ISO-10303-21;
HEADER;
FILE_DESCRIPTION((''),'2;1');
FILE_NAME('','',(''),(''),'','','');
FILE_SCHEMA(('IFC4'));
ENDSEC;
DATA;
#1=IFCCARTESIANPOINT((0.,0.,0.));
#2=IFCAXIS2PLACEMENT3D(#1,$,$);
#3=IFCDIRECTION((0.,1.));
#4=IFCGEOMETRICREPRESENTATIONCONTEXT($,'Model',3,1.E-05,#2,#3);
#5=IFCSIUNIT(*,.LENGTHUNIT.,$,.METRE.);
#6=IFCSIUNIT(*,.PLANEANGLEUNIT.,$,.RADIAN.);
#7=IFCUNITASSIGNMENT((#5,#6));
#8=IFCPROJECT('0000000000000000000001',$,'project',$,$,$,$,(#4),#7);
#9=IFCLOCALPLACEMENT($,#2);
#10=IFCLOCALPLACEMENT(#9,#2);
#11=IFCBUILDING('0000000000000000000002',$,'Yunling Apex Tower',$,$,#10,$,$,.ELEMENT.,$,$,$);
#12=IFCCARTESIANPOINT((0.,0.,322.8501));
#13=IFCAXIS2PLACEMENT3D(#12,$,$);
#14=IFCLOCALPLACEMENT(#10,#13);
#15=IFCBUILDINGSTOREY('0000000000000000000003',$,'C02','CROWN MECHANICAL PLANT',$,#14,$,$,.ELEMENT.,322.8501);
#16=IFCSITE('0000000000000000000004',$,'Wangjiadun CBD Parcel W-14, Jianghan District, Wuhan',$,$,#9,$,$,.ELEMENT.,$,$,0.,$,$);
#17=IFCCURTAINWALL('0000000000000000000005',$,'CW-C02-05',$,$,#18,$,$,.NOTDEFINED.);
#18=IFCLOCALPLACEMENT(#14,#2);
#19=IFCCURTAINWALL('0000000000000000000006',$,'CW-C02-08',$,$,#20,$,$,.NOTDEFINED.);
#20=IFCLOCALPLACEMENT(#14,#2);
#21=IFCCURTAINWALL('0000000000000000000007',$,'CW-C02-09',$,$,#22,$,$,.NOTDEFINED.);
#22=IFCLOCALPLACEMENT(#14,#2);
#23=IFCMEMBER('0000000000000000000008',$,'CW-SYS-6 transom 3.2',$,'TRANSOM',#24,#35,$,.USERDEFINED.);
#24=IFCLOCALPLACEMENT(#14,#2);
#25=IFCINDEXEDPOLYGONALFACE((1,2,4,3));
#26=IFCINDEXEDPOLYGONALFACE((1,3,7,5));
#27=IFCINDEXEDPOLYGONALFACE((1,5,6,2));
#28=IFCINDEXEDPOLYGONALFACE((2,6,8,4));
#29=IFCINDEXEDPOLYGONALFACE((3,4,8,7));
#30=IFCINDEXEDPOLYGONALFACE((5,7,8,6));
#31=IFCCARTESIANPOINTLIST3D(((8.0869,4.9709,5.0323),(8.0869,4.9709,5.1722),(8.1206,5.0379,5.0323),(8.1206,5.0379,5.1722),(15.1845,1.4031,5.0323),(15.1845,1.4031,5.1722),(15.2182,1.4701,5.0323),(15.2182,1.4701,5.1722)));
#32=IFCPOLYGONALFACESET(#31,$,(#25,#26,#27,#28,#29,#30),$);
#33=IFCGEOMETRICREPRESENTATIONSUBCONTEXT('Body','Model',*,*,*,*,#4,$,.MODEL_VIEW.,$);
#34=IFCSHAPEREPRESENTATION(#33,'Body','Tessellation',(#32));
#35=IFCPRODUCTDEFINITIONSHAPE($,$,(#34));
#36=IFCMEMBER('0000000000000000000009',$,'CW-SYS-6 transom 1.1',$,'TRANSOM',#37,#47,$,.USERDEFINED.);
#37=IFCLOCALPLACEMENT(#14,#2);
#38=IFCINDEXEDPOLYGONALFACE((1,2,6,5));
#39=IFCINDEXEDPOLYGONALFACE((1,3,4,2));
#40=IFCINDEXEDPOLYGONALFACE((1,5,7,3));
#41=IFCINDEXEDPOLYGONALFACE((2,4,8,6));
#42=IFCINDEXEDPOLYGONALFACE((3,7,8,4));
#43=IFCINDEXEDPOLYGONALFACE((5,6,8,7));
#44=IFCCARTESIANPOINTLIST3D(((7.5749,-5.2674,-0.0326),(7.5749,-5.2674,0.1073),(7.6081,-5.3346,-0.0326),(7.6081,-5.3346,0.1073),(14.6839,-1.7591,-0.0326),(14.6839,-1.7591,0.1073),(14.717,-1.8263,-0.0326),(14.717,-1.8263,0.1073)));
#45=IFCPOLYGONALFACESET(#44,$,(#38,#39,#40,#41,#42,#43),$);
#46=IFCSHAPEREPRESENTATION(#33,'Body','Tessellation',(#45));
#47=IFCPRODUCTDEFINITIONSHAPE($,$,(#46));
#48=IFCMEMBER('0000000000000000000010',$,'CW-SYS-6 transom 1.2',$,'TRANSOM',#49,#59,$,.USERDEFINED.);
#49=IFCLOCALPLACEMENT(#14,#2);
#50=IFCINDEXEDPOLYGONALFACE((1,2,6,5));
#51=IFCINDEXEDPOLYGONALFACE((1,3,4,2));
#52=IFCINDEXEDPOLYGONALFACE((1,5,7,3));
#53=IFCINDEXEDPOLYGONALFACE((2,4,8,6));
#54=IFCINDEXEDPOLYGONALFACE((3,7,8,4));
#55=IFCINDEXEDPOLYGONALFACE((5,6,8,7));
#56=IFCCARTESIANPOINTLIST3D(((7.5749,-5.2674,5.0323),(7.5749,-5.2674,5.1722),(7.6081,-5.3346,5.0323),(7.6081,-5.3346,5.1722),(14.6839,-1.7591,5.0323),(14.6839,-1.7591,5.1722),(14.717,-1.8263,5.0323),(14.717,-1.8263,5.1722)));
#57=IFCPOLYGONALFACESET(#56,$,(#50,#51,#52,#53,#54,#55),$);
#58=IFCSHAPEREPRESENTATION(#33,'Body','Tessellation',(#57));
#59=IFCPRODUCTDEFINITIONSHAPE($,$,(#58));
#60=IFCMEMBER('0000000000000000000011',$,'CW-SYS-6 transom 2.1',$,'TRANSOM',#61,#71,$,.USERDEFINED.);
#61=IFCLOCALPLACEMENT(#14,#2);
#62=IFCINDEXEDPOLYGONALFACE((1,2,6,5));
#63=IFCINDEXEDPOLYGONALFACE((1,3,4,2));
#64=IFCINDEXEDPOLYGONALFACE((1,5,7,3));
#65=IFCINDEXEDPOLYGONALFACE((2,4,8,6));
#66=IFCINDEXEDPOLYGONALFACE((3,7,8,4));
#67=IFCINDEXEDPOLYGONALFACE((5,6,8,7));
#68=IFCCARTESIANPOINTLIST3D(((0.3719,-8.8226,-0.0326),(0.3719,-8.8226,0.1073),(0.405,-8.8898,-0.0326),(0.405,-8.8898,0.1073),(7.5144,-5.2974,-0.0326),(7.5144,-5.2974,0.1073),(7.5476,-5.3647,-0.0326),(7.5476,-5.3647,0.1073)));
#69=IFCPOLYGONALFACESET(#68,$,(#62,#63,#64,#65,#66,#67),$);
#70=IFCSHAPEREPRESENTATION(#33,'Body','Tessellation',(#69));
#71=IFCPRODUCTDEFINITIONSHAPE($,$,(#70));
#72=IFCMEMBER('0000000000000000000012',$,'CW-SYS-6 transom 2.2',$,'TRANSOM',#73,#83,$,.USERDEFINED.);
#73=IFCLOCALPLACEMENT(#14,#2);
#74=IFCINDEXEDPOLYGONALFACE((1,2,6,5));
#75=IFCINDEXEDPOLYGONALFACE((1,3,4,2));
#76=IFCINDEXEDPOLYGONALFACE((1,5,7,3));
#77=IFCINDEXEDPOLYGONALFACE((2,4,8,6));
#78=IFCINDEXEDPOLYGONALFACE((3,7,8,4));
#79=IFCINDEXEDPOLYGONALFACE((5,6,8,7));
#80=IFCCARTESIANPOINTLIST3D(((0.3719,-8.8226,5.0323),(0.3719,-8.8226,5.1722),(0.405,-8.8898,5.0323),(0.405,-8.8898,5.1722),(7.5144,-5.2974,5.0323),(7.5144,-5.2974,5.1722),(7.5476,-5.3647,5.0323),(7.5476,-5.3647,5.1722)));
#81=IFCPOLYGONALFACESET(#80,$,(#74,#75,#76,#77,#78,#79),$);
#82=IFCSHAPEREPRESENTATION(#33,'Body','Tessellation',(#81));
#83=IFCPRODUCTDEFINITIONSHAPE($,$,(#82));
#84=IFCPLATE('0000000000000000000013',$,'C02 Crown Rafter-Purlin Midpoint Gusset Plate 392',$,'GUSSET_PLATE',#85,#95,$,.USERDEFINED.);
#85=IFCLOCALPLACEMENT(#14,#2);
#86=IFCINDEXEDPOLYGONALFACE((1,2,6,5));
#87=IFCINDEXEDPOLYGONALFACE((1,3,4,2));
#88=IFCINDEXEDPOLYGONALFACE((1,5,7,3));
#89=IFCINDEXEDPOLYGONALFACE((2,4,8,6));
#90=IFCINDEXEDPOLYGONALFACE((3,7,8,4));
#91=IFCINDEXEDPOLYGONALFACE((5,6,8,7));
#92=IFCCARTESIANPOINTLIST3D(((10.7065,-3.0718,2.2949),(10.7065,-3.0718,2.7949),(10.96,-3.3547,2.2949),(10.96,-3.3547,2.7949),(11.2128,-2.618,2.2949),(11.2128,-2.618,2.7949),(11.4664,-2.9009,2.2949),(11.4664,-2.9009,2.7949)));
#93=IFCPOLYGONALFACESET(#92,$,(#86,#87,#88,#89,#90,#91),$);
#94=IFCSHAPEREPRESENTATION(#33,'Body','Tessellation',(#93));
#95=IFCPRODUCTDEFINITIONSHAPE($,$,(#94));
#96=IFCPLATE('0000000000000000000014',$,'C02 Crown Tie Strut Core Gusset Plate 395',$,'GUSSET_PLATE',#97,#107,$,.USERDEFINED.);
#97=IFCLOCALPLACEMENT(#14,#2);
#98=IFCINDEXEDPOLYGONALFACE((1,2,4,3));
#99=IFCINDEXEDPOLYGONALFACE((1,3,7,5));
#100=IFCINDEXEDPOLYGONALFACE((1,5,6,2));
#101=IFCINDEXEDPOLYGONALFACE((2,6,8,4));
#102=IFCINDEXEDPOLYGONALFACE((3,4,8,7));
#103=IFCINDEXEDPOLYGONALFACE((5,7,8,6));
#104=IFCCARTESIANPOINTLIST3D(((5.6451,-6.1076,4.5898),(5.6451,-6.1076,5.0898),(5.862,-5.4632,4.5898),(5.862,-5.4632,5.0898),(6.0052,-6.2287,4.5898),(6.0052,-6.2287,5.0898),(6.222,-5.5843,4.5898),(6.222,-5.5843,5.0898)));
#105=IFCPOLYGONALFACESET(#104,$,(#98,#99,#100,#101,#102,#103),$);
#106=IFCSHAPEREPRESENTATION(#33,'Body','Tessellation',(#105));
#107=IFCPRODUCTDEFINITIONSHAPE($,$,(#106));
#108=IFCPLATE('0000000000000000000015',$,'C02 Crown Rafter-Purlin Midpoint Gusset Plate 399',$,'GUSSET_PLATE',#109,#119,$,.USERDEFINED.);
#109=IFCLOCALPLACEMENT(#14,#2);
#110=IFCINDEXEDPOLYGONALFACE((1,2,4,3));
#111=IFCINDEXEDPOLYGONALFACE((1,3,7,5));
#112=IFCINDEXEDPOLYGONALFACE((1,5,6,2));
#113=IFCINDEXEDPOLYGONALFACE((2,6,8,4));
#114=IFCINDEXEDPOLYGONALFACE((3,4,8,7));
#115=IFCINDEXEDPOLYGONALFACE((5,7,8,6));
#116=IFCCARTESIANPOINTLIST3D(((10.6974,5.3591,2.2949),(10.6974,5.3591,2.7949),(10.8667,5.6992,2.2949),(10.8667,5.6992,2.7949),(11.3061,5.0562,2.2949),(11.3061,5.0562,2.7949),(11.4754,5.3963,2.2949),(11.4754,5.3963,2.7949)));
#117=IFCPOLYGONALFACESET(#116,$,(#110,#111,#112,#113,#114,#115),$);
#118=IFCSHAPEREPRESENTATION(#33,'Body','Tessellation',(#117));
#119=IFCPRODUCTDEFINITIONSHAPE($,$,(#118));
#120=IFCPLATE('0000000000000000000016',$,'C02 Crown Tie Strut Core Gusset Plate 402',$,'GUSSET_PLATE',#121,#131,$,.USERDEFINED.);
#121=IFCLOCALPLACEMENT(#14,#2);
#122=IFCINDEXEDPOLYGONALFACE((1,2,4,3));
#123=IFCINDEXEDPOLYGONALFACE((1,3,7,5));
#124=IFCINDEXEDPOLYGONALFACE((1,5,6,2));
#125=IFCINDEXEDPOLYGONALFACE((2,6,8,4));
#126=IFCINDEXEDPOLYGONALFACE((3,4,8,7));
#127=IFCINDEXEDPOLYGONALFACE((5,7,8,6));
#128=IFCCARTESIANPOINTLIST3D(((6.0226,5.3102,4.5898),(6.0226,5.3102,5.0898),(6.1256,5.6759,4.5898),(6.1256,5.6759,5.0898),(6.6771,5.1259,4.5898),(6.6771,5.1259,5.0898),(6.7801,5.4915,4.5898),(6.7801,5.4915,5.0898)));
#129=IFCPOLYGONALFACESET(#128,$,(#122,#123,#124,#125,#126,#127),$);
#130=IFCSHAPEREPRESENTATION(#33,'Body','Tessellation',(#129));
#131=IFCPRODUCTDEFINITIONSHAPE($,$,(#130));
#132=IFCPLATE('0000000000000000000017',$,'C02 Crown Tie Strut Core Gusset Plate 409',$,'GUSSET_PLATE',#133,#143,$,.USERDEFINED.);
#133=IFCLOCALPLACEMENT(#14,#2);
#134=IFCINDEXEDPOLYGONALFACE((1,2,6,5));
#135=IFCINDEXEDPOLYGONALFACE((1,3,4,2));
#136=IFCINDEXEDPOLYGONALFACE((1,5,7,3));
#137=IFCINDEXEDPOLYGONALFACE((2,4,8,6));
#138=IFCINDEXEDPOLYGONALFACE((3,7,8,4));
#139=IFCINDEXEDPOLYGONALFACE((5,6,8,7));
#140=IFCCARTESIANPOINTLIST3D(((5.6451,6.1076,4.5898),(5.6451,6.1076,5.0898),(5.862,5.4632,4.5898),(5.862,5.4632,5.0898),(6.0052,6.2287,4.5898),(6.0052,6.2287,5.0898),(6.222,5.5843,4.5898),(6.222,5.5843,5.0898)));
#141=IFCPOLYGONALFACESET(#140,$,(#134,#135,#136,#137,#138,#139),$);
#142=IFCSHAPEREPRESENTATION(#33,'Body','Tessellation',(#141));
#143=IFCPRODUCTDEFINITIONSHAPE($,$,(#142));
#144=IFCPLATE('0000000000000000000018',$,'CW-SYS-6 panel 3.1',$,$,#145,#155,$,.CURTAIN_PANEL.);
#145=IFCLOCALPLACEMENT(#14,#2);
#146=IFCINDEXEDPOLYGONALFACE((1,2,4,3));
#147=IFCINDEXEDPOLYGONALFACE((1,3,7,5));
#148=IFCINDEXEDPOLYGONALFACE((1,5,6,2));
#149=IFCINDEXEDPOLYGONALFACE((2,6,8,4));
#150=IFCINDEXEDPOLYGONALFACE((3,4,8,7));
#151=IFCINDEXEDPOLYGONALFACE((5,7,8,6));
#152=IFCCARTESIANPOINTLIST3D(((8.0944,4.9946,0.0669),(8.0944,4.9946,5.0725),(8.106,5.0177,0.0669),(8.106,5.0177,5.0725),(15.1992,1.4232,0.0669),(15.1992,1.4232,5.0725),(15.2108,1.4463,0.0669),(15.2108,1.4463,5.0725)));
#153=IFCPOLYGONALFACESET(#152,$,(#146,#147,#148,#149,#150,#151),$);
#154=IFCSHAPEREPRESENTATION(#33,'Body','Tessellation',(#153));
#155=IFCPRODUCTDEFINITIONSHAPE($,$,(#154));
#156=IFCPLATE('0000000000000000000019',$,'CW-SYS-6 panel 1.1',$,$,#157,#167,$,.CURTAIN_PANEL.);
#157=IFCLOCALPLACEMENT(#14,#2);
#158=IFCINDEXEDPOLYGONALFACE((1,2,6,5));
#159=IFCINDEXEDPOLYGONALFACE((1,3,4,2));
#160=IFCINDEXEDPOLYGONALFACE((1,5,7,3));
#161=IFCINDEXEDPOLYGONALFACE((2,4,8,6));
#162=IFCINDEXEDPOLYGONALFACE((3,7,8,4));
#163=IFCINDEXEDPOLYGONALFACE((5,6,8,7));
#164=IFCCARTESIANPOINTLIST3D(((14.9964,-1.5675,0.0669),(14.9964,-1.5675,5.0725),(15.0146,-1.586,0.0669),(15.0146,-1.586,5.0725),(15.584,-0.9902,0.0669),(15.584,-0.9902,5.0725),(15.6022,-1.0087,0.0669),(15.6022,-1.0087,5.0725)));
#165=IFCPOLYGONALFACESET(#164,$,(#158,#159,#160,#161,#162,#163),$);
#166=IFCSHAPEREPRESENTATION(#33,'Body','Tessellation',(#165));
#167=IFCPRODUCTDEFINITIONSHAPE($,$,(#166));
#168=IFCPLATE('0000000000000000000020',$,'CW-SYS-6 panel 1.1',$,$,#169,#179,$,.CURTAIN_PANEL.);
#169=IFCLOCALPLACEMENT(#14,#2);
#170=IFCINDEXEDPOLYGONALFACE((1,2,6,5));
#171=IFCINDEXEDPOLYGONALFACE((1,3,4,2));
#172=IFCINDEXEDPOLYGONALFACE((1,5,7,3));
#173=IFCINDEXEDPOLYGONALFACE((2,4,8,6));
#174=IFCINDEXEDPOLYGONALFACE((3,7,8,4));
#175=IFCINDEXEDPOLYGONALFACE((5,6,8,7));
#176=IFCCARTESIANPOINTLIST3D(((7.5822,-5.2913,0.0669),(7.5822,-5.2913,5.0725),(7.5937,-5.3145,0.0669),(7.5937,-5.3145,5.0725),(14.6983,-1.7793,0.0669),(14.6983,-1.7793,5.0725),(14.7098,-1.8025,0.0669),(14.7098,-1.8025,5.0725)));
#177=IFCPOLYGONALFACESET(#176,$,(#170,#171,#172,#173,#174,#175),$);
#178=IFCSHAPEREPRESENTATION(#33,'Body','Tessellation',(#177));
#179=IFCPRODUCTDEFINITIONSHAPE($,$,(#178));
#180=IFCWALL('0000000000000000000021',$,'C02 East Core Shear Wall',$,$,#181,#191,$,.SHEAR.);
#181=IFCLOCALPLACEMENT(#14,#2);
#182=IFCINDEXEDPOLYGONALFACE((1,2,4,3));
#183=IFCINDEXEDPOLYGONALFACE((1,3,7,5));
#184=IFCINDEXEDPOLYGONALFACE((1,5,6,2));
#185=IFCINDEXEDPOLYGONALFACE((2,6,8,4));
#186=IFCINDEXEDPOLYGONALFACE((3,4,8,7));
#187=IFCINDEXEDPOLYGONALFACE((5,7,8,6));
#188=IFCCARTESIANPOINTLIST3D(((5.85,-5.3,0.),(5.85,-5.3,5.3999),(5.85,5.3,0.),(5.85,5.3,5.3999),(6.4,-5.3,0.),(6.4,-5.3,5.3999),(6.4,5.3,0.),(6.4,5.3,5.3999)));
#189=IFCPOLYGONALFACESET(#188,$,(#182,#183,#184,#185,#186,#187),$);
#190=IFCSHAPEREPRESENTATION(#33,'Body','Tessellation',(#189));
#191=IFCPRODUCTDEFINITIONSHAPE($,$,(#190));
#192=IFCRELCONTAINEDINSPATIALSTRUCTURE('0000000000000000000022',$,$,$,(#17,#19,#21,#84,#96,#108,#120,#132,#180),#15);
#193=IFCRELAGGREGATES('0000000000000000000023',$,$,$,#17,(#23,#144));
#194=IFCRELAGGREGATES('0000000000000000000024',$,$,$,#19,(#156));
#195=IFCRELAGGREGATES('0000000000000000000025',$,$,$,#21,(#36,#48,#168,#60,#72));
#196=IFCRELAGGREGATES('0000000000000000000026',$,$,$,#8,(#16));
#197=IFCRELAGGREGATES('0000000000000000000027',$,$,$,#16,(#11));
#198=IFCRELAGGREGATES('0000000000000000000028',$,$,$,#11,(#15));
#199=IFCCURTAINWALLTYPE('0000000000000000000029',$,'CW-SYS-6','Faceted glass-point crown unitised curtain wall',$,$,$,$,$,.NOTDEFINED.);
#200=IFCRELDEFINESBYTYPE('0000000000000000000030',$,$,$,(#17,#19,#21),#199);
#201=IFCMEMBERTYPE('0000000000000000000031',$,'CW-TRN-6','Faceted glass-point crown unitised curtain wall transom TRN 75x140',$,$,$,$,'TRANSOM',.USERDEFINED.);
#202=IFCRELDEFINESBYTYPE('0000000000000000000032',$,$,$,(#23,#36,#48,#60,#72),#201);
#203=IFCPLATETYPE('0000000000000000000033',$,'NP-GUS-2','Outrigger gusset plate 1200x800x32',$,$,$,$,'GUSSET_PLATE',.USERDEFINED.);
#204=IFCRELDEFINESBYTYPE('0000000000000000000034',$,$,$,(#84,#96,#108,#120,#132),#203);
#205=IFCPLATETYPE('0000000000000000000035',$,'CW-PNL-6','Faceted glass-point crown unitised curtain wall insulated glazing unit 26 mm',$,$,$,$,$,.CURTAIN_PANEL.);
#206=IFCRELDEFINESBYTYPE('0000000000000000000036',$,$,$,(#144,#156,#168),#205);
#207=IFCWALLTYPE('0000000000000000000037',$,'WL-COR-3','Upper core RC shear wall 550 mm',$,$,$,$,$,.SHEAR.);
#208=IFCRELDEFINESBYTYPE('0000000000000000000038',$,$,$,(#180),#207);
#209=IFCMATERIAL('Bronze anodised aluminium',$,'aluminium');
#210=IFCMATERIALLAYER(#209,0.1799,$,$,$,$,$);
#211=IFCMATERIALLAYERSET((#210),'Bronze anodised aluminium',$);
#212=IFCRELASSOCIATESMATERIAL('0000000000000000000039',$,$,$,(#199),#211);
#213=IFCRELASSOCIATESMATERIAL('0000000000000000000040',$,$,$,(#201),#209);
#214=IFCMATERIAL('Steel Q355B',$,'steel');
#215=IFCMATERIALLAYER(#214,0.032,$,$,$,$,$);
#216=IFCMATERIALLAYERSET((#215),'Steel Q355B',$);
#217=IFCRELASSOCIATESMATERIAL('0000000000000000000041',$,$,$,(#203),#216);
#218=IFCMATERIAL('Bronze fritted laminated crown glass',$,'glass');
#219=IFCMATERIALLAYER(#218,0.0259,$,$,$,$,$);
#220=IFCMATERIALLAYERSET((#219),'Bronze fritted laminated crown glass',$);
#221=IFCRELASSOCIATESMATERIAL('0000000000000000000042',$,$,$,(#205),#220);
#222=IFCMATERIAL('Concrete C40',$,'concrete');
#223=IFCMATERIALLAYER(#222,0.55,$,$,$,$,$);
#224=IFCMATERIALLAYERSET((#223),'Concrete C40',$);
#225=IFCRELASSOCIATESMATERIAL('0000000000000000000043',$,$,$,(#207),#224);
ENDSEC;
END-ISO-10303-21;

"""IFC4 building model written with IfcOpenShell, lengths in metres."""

from ifc_helpers import new_model, si_unit, direction, frame, frame_2d, origin, origin_2d, place, context, subcontext, project, spatial, rectangle, extrude, source, transform, mapped, material, layer, layer_set, material_profile, profile_set, type_object, element, aggregate, save


model = new_model("IFC4")

# Units and contexts
model_context = context("Model", 3, precision=1e-05, world=origin(), true_north=direction((0.0, 1.0)))
body_context = subcontext(model_context, "Body", "Model", "MODEL_VIEW")
ifc_project = project(units=[si_unit("LENGTHUNIT", "METRE"), si_unit("PLANEANGLEUNIT", "RADIAN")], contexts=[model_context])

# Site, building, storey
site_placement = place(None, origin())
site = spatial("IfcSite", under=ifc_project, at=site_placement, Name="Wangjiadun CBD Parcel W-14, Jianghan District, Wuhan", CompositionType="ELEMENT", RefElevation=0.0)
building_placement = place(site_placement, origin())
building = spatial("IfcBuilding", under=site, at=building_placement, Name="Yunling Apex Tower", CompositionType="ELEMENT")
storey_placement = place(building_placement, frame((0.0, 0.0, 322.8501)))
storey = spatial("IfcBuildingStorey", under=building, at=storey_placement, Name="C02", Description="CROWN MECHANICAL PLANT", CompositionType="ELEMENT", Elevation=322.8501)

# Shared definitions
ifc_material_1 = material(Name="Steel Q355B", Category="steel")

# Curtain wall
ifc_material_2 = material(Name="Bronze anodised aluminium", Category="aluminium")
ifc_layer_1 = layer(ifc_material_2, 0.1799)
ifc_layer_set_1 = layer_set([ifc_layer_1], Name="Bronze anodised aluminium")
curtain_wall_type = type_object("IfcCurtainWallType", Name="CW-SYS-6", Description="Faceted glass-point crown unitised curtain wall", PredefinedType="NOTDEFINED", material=ifc_layer_set_1)
curtain_wall_1_placement = place(storey_placement, origin())
curtain_wall_1 = element("IfcCurtainWall", 1, at=curtain_wall_1_placement, inside=storey, type_object=curtain_wall_type, Name="CW-C02-05", PredefinedType="NOTDEFINED")

# Curtain wall
curtain_wall_2_placement = place(storey_placement, origin())
curtain_wall_2 = element("IfcCurtainWall", 2, at=curtain_wall_2_placement, inside=storey, type_object=curtain_wall_type, Name="CW-C02-08", PredefinedType="NOTDEFINED")

# Curtain wall
curtain_wall_3_placement = place(storey_placement, origin())
curtain_wall_3 = element("IfcCurtainWall", 3, at=curtain_wall_3_placement, inside=storey, type_object=curtain_wall_type, Name="CW-C02-09", PredefinedType="NOTDEFINED")

# Members
ifc_material_profile_1 = material_profile(ifc_material_2, rectangle(XDim=0.075, YDim=0.1399, at=origin_2d()))
ifc_profile_set_1 = profile_set([ifc_material_profile_1], Name="Bronze anodised aluminium")
member_type_1 = type_object("IfcMemberType", Name="CW-TRN-6", Description="Faceted glass-point crown unitised curtain wall transom TRN 75x140", ElementType="TRANSOM", PredefinedType="USERDEFINED", material=ifc_profile_set_1)
shared_shape_1 = source(origin(), body_context, "Body", "SweptSolid", [
    extrude(rectangle(XDim=0.075, YDim=0.1399, at=origin_2d()), origin(), (0.0, 0.0, 1.0), 7.9438),
])
member_1_placement = place(storey_placement, frame((8.1038, 5.0044, 5.1023), z_axis=(0.893466, -0.44913, 0.0), x_axis=(0.44913, 0.893466, 0.0)))
member_1 = element("IfcMember", 4, at=member_1_placement, type_object=member_type_1, Name="CW-SYS-6 transom 3.2", ObjectType="TRANSOM", PredefinedType="USERDEFINED", context=body_context, shape_type="MappedRepresentation", body=[
    mapped(shared_shape_1, transform((0.0, 0.0, 0.0), scale=1.0)),
])
shared_shape_2 = source(origin(), body_context, "Body", "SweptSolid", [
    extrude(rectangle(XDim=0.075, YDim=0.1399, at=origin_2d()), origin(), (0.0, 0.0, 1.0), 7.9275),
])
member_2_placement = place(storey_placement, frame((14.7004, -1.7927, 0.0374), z_axis=(-0.896743, -0.442551, 0.0), x_axis=(0.442551, -0.896743, 0.0)))
member_2 = element("IfcMember", 5, at=member_2_placement, type_object=member_type_1, Name="CW-SYS-6 transom 1.1", ObjectType="TRANSOM", PredefinedType="USERDEFINED", context=body_context, shape_type="MappedRepresentation", body=[
    mapped(shared_shape_2, transform((0.0, 0.0, 0.0), scale=1.0)),
])
member_3_placement = place(storey_placement, frame((14.7004, -1.7927, 5.1023), z_axis=(-0.896743, -0.442551, 0.0), x_axis=(0.442551, -0.896743, 0.0)))
member_3 = element("IfcMember", 6, at=member_3_placement, type_object=member_type_1, Name="CW-SYS-6 transom 1.2", ObjectType="TRANSOM", PredefinedType="USERDEFINED", context=body_context, shape_type="MappedRepresentation", body=[
    mapped(shared_shape_2, transform((0.0, 0.0, 0.0), scale=1.0)),
])
shared_shape_3 = source(origin(), body_context, "Body", "SweptSolid", [
    extrude(rectangle(XDim=0.075, YDim=0.1399, at=origin_2d()), origin(), (0.0, 0.0, 1.0), 7.9651),
])
member_4_placement = place(storey_placement, frame((7.531, -5.3311, 0.0374), z_axis=(-0.896732, -0.442573, 0.0), x_axis=(0.442573, -0.896732, 0.0)))
member_4 = element("IfcMember", 7, at=member_4_placement, type_object=member_type_1, Name="CW-SYS-6 transom 2.1", ObjectType="TRANSOM", PredefinedType="USERDEFINED", context=body_context, shape_type="MappedRepresentation", body=[
    mapped(shared_shape_3, transform((0.0, 0.0, 0.0), scale=1.0)),
])
member_5_placement = place(storey_placement, frame((7.531, -5.3311, 5.1023), z_axis=(-0.896732, -0.442573, 0.0), x_axis=(0.442573, -0.896732, 0.0)))
member_5 = element("IfcMember", 8, at=member_5_placement, type_object=member_type_1, Name="CW-SYS-6 transom 2.2", ObjectType="TRANSOM", PredefinedType="USERDEFINED", context=body_context, shape_type="MappedRepresentation", body=[
    mapped(shared_shape_3, transform((0.0, 0.0, 0.0), scale=1.0)),
])

# Plates
ifc_layer_2 = layer(ifc_material_1, 0.032)
ifc_layer_set_2 = layer_set([ifc_layer_2], Name="Steel Q355B")
plate_type_1 = type_object("IfcPlateType", Name="NP-GUS-2", Description="Outrigger gusset plate 1200x800x32", ElementType="GUSSET_PLATE", PredefinedType="USERDEFINED", material=ifc_layer_set_2)
shared_shape_4 = source(origin(), body_context, "Body", "SweptSolid", [
    extrude(rectangle(XDim=0.6799, YDim=0.3799, at=origin_2d()), origin(), (0.0, 0.0, 1.0), 0.5),
])
for number, where, z_axis, x_axis, name in (
    (9, (11.0864, -2.9863, 2.2949), (0.0, 0.0, 1.0), (0.744661, 0.667443, 0.0), "C02 Crown Rafter-Purlin Midpoint Gusset Plate 392"),
    (10, (5.9336, -5.8459, 4.5898), (0.0, 0.0, 1.0), (-0.318959, -0.947768, 0.0), "C02 Crown Tie Strut Core Gusset Plate 395"),
    (11, (11.0864, 5.3777, 2.2949), (0.0, 0.0, 1.0), (-0.895246, 0.445573, 0.0), "C02 Crown Rafter-Purlin Midpoint Gusset Plate 399"),
    (12, (6.4014, 5.4009, 4.5898), (0.0, 0.0, 1.0), (0.96255, -0.271104, 0.0), "C02 Crown Tie Strut Core Gusset Plate 402"),
    (13, (5.9336, 5.8459, 4.5898), (0.0, 0.0, 1.0), (-0.318959, 0.947768, 0.0), "C02 Crown Tie Strut Core Gusset Plate 409"),
):
    element("IfcPlate", number, at=place(storey_placement, frame(where, z_axis=z_axis, x_axis=x_axis)), inside=storey, type_object=plate_type_1, Name=name, ObjectType="GUSSET_PLATE", PredefinedType="USERDEFINED", context=body_context, shape_type="MappedRepresentation", body=[
        mapped(shared_shape_4, transform((0.0, 0.0, 0.0), scale=1.0)),
    ])

# Plates
ifc_material_3 = material(Name="Bronze fritted laminated crown glass", Category="glass")
ifc_layer_3 = layer(ifc_material_3, 0.0259)
ifc_layer_set_3 = layer_set([ifc_layer_3], Name="Bronze fritted laminated crown glass")
plate_type_2 = type_object("IfcPlateType", Name="CW-PNL-6", Description="Faceted glass-point crown unitised curtain wall insulated glazing unit 26 mm", PredefinedType="CURTAIN_PANEL", material=ifc_layer_set_3)
shared_shape_5 = source(origin(), body_context, "Body", "SweptSolid", [
    extrude(rectangle(XDim=7.9519, YDim=0.0259, at=origin_2d()), origin(), (0.0, 0.0, 1.0), 5.0056),
])
plate_1_placement = place(storey_placement, frame((11.6526, 3.2205, 0.0669), z_axis=(0.0, 0.0, 1.0), x_axis=(0.893467, -0.449129, 0.0)))
plate_1 = element("IfcPlate", 14, at=plate_1_placement, type_object=plate_type_2, Name="CW-SYS-6 panel 3.1", PredefinedType="CURTAIN_PANEL", context=body_context, shape_type="MappedRepresentation", body=[
    mapped(shared_shape_5, transform((0.0, 0.0, 0.0), scale=1.0)),
])
aggregate(curtain_wall_1, [member_1, plate_1])
shared_shape_6 = source(origin(), body_context, "Body", "SweptSolid", [
    extrude(rectangle(XDim=0.8237, YDim=0.0259, at=origin_2d()), origin(), (0.0, 0.0, 1.0), 5.0056),
])
plate_2_placement = place(storey_placement, frame((15.2993, -1.2881, 0.0669), z_axis=(0.0, 0.0, 1.0), x_axis=(-0.71334, -0.700818, 0.0)))
plate_2 = element("IfcPlate", 15, at=plate_2_placement, type_object=plate_type_2, Name="CW-SYS-6 panel 1.1", PredefinedType="CURTAIN_PANEL", context=body_context, shape_type="MappedRepresentation", body=[
    mapped(shared_shape_6, transform((0.0, 0.0, 0.0), scale=1.0)),
])
aggregate(curtain_wall_2, [plate_2])
shared_shape_7 = source(origin(), body_context, "Body", "SweptSolid", [
    extrude(rectangle(XDim=7.9355, YDim=0.0259, at=origin_2d()), origin(), (0.0, 0.0, 1.0), 5.0056),
])
plate_3_placement = place(storey_placement, frame((11.146, -3.5469, 0.0669), z_axis=(0.0, 0.0, 1.0), x_axis=(-0.896736, -0.442566, 0.0)))
plate_3 = element("IfcPlate", 16, at=plate_3_placement, type_object=plate_type_2, Name="CW-SYS-6 panel 1.1", PredefinedType="CURTAIN_PANEL", context=body_context, shape_type="MappedRepresentation", body=[
    mapped(shared_shape_7, transform((0.0, 0.0, 0.0), scale=1.0)),
])
aggregate(curtain_wall_3, [member_2, member_3, plate_3, member_4, member_5])

# Wall
ifc_material_4 = material(Name="Concrete C40", Category="concrete")
ifc_layer_4 = layer(ifc_material_4, 0.55)
ifc_layer_set_4 = layer_set([ifc_layer_4], Name="Concrete C40")
wall_type = type_object("IfcWallType", Name="WL-COR-3", Description="Upper core RC shear wall 550 mm", PredefinedType="SHEAR", material=ifc_layer_set_4)
wall_placement = place(storey_placement, frame((6.125, -5.3, 0.0), z_axis=(0.0, 0.0, 1.0), x_axis=(0.0, 1.0, 0.0)))
element("IfcWall", 17, at=wall_placement, inside=storey, type_object=wall_type, Name="C02 East Core Shear Wall", PredefinedType="SHEAR", context=body_context, shape_type="SweptSolid", body=[
    extrude(rectangle(XDim=10.6001, YDim=0.55, at=frame_2d((5.3, 0.0))), origin(), (0.0, 0.0, 1.0), 5.3999),
])

save(model, "model.ifc")
